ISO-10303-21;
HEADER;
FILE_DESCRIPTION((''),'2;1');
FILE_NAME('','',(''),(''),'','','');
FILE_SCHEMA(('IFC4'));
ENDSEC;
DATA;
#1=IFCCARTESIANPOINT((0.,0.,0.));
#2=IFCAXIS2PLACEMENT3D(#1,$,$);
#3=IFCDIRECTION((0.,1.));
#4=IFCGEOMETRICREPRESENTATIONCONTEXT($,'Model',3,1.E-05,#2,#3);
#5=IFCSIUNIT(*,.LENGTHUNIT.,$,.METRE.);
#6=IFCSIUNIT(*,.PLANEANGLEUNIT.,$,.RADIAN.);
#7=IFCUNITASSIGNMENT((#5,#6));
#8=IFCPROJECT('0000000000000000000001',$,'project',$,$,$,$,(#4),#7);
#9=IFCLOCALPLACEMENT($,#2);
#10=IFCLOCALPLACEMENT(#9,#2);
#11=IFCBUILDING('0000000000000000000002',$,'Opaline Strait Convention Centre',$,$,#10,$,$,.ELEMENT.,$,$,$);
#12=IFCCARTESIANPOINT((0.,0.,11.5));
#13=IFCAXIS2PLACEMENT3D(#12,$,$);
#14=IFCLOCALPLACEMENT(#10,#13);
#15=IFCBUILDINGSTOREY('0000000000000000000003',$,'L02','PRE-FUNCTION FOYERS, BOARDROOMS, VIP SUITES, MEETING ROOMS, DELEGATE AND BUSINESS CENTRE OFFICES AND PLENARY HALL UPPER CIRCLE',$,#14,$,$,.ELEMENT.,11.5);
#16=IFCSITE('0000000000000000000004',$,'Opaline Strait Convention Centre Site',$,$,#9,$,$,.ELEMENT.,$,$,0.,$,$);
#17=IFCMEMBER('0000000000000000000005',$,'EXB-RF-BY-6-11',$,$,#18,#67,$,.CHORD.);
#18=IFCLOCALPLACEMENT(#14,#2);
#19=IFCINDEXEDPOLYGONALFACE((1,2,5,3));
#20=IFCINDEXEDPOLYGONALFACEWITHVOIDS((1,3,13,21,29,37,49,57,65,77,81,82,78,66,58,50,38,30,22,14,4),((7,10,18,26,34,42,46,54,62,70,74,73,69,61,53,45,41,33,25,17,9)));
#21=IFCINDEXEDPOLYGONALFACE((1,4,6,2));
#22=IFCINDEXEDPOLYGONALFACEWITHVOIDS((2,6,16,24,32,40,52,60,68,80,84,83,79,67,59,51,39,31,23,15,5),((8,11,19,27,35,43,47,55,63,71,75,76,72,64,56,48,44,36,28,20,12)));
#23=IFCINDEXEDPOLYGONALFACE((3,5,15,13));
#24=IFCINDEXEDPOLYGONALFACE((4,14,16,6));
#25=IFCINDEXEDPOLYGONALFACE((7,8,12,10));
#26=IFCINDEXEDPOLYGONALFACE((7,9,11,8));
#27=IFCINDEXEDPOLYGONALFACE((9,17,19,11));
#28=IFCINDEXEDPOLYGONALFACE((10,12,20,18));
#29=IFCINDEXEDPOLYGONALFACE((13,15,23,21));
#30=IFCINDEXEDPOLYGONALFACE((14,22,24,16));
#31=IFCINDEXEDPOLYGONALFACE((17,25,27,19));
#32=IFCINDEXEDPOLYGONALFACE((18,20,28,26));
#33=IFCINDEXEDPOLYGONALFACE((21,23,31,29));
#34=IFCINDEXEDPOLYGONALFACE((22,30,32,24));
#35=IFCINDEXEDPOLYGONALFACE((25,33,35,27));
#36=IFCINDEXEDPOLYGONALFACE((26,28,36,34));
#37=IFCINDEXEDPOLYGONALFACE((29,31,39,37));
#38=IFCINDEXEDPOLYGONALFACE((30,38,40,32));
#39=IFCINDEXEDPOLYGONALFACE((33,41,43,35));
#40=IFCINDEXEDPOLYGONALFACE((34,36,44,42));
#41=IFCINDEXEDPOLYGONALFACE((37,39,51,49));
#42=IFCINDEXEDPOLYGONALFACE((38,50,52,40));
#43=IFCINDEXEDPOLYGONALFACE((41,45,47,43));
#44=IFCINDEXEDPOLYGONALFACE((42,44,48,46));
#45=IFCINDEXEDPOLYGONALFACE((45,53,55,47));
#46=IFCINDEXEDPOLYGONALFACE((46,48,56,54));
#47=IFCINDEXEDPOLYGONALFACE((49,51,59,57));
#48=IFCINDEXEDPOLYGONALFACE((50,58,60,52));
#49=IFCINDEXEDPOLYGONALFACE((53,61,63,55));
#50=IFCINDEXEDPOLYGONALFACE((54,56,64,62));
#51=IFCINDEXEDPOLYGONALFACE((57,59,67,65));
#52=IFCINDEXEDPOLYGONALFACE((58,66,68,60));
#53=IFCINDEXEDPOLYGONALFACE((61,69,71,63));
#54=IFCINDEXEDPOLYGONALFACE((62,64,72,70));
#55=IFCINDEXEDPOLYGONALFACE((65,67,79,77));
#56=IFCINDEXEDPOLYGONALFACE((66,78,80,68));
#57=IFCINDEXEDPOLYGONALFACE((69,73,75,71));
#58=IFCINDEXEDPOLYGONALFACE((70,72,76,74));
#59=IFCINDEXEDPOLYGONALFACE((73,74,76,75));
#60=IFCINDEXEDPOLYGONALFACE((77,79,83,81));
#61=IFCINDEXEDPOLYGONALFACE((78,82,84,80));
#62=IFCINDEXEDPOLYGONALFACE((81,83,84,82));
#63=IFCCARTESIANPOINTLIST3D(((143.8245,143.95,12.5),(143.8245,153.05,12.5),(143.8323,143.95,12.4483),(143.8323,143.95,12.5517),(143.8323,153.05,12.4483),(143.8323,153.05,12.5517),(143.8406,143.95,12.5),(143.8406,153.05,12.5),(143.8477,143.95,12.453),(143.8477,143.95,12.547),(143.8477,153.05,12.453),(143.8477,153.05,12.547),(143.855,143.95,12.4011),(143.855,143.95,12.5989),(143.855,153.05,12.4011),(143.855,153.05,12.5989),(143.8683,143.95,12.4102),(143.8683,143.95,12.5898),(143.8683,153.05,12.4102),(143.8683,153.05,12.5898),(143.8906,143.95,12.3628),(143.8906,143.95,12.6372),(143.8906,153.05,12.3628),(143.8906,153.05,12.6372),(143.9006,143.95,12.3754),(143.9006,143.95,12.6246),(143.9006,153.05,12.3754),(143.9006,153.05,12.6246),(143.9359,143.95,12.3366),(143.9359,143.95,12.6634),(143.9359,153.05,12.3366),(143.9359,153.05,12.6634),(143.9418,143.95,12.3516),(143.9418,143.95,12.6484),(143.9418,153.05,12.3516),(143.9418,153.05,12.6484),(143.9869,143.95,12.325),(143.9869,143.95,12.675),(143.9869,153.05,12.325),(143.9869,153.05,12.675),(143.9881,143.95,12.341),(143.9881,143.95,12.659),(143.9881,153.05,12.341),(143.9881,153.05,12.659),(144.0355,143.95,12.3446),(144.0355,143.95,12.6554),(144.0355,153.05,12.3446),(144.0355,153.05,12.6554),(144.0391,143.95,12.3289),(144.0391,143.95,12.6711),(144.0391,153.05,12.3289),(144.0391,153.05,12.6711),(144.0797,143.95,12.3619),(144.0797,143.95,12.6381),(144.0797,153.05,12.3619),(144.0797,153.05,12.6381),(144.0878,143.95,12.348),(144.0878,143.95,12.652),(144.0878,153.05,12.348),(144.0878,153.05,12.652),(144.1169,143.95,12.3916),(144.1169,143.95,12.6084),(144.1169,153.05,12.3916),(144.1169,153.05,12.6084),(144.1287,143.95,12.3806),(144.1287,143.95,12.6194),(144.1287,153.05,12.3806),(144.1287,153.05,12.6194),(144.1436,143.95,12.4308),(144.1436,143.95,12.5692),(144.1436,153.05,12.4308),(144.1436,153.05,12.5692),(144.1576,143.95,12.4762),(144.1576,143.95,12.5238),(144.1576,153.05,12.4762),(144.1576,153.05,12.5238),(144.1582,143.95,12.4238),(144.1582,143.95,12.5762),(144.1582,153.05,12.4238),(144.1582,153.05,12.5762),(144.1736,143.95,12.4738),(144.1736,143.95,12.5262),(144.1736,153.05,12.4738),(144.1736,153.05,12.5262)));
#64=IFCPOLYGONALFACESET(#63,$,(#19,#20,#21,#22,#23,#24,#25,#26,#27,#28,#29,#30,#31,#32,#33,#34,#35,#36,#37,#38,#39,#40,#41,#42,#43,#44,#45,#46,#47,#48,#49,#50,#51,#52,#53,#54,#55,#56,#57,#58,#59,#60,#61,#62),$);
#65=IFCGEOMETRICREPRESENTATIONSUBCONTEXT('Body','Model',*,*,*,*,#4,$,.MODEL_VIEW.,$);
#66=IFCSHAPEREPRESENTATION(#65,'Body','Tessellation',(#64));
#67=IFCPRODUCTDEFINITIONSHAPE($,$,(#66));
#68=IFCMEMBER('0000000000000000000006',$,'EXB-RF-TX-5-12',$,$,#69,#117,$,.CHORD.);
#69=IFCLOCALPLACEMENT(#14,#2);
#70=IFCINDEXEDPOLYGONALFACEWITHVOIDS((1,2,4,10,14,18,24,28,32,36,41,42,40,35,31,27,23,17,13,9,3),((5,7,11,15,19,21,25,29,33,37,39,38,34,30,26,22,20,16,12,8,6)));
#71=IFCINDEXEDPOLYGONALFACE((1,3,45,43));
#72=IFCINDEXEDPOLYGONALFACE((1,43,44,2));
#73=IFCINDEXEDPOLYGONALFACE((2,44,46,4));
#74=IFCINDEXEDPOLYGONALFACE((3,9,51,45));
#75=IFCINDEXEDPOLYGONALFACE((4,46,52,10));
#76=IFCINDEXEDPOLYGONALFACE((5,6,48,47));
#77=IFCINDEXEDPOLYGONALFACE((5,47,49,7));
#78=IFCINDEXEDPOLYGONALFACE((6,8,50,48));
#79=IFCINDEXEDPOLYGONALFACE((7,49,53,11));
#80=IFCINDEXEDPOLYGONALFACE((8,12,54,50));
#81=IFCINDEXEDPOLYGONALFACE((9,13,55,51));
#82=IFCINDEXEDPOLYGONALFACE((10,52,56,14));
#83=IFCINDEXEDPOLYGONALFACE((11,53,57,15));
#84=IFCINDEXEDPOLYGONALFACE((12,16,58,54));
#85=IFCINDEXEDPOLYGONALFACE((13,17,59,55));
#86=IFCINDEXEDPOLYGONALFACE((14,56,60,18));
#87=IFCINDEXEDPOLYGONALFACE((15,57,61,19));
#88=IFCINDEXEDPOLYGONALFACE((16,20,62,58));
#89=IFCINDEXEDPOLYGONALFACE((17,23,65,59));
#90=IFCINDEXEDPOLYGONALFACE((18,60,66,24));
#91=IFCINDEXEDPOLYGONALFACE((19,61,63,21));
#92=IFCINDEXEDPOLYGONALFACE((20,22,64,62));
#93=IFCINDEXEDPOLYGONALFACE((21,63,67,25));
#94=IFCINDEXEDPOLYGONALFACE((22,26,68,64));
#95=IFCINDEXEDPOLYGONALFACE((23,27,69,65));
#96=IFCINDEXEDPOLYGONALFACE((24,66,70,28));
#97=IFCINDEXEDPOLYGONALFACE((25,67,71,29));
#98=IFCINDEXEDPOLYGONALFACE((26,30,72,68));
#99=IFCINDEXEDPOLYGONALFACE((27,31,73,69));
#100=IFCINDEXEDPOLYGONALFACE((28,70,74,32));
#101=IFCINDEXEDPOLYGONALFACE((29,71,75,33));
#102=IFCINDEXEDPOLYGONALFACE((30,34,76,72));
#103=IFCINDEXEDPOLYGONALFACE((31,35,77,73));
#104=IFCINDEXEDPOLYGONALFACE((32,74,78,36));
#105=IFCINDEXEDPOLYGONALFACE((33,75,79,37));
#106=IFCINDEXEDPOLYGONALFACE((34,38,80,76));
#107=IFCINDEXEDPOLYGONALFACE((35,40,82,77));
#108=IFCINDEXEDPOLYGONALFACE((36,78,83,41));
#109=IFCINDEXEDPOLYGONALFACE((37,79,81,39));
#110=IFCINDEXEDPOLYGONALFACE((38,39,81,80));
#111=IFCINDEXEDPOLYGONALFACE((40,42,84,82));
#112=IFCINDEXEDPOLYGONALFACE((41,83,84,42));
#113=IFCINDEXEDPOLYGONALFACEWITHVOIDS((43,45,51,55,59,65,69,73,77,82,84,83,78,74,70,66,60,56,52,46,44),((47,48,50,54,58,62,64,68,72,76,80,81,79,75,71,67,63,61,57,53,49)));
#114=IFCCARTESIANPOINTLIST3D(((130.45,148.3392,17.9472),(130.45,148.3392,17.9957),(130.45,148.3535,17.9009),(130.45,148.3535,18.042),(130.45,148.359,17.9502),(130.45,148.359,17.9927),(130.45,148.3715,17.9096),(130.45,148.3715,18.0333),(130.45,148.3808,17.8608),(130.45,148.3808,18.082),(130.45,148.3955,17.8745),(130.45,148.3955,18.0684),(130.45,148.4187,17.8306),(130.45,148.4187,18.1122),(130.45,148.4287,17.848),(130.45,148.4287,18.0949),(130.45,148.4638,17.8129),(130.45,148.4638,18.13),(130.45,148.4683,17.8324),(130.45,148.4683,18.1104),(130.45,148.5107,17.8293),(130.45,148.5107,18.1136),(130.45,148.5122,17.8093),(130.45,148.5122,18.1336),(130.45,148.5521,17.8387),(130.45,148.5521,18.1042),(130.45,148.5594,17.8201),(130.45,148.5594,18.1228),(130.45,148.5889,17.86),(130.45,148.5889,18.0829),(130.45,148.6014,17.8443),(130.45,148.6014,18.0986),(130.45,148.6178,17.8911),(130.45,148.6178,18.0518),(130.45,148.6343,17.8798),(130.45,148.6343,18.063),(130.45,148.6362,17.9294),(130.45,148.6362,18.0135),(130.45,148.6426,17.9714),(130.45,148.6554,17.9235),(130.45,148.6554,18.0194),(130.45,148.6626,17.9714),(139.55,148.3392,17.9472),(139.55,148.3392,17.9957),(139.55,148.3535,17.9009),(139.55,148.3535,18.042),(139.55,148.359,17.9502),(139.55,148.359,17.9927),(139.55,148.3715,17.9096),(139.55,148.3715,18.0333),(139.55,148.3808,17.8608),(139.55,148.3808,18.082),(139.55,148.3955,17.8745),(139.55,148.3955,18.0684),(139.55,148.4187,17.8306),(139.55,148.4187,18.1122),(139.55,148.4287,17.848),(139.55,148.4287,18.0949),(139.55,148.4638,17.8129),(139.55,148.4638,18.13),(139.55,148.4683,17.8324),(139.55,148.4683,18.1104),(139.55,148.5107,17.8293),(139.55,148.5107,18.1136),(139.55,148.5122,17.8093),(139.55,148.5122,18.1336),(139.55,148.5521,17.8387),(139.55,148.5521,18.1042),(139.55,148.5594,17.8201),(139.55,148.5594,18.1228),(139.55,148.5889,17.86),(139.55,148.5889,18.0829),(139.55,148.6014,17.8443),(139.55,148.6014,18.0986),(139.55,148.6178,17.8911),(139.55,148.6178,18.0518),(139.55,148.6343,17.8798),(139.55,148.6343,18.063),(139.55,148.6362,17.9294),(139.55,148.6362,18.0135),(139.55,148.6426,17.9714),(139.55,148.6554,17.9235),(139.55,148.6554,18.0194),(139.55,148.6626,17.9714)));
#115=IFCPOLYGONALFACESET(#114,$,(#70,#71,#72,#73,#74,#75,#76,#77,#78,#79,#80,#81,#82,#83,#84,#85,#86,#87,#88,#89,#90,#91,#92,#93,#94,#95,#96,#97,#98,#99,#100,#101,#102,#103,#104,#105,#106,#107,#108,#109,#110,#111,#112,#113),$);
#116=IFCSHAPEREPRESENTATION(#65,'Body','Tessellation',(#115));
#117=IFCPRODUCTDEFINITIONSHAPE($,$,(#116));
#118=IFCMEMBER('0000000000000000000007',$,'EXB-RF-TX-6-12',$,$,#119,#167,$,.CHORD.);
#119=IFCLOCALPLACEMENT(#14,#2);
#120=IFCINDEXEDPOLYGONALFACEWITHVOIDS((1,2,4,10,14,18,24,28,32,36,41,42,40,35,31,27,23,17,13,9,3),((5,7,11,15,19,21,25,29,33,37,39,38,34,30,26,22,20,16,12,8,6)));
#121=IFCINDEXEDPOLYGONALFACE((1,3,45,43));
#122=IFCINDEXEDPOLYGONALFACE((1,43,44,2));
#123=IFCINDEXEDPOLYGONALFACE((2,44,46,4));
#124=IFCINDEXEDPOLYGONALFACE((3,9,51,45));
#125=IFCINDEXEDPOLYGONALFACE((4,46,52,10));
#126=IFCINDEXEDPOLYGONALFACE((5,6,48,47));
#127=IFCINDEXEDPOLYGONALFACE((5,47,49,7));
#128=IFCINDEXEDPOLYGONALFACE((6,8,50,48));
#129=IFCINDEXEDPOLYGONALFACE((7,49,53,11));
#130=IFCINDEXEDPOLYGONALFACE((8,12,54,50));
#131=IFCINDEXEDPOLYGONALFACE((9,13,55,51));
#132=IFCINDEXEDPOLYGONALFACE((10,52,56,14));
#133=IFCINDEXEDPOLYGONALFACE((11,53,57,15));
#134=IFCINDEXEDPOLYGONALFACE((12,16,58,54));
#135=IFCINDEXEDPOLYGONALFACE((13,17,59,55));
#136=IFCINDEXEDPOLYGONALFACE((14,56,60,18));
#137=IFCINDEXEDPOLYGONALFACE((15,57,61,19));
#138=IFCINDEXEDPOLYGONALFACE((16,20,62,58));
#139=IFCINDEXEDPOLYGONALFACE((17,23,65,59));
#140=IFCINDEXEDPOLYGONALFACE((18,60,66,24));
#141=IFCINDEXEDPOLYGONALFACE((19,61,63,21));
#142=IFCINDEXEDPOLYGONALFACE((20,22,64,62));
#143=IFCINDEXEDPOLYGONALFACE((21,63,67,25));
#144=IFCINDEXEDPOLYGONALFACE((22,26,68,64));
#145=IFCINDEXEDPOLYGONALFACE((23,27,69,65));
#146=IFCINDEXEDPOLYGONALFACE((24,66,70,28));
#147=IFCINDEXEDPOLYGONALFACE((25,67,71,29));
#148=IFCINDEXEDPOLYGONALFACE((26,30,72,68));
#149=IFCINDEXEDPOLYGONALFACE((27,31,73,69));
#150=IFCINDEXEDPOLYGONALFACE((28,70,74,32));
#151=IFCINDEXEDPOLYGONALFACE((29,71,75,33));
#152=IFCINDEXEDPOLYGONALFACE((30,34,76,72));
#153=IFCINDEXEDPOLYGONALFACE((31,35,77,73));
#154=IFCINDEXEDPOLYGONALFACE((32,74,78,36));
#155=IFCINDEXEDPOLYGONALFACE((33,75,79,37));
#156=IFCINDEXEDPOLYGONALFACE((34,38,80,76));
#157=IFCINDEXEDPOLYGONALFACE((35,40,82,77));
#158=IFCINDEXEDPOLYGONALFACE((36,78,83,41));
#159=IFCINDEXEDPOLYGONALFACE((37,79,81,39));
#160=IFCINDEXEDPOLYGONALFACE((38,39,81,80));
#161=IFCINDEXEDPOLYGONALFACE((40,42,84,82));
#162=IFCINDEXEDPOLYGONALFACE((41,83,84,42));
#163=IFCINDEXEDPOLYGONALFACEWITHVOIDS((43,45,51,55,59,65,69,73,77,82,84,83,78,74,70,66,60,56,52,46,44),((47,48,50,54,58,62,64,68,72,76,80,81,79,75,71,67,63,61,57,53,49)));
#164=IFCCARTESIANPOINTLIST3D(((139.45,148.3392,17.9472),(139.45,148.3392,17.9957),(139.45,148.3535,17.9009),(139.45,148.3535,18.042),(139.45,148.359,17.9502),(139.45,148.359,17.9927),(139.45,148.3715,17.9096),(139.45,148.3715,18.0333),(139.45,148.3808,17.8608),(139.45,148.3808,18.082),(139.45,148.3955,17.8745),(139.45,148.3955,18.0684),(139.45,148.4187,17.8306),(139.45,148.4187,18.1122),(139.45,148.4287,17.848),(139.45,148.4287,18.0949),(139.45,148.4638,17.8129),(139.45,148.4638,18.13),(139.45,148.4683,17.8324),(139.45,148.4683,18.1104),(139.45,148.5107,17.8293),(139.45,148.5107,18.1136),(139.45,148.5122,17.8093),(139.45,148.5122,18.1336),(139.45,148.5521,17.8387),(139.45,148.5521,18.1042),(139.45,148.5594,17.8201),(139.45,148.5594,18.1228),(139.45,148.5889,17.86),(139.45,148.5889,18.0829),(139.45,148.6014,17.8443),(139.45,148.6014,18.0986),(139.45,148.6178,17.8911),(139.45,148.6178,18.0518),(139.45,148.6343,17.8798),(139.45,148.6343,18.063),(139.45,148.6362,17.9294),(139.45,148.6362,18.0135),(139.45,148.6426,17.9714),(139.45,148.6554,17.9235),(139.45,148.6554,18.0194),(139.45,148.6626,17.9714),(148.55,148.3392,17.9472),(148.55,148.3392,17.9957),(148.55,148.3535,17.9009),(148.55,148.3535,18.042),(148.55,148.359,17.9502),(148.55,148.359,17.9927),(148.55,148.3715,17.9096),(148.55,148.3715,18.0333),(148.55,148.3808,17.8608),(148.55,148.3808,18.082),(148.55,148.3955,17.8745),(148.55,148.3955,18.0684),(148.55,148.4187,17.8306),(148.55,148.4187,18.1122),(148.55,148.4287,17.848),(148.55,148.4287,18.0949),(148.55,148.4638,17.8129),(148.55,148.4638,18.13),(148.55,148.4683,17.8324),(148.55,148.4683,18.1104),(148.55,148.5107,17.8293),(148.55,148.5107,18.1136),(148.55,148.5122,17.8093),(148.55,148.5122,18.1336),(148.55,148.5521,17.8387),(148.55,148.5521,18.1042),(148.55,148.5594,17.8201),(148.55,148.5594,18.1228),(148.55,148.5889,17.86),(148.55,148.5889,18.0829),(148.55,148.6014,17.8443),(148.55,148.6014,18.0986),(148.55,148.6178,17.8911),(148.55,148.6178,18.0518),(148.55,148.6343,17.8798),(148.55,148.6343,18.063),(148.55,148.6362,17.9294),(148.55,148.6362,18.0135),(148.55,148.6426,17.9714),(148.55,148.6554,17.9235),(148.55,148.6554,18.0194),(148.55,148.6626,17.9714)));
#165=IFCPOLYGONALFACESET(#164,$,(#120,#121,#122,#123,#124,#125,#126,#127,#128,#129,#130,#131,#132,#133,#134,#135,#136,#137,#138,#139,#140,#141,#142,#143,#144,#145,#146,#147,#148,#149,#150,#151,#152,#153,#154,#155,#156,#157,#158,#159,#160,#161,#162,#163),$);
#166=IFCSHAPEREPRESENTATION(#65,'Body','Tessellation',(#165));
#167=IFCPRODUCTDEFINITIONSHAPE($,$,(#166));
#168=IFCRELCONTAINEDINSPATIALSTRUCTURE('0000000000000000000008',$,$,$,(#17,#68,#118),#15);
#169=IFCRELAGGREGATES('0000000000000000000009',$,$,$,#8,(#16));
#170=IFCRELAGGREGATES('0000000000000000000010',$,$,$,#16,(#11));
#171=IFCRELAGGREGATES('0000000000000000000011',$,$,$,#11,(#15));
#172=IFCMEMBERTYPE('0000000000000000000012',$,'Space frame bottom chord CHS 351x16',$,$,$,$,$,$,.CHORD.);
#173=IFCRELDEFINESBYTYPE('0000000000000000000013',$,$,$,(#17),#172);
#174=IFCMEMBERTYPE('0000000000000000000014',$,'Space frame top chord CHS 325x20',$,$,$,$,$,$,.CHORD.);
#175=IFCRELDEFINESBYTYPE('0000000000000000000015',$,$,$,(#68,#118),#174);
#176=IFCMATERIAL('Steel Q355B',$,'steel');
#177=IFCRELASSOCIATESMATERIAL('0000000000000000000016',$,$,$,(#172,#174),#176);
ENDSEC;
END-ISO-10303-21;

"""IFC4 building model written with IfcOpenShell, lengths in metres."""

from ifc_helpers import new_model, si_unit, direction, frame, origin, origin_2d, place, context, subcontext, project, spatial, hollow_circle, extrude, material, material_profile, profile_set, type_object, element, save


model = new_model("IFC4")

# Units and contexts
model_context = context("Model", 3, precision=1e-05, world=origin(), true_north=direction((0.0, 1.0)))
body_context = subcontext(model_context, "Body", "Model", "MODEL_VIEW")
ifc_project = project(units=[si_unit("LENGTHUNIT", "METRE"), si_unit("PLANEANGLEUNIT", "RADIAN")], contexts=[model_context])

# Site, building, storey
site_placement = place(None, origin())
site = spatial("IfcSite", under=ifc_project, at=site_placement, Name="Opaline Strait Convention Centre Site", CompositionType="ELEMENT", RefElevation=0.0)
building_placement = place(site_placement, origin())
building = spatial("IfcBuilding", under=site, at=building_placement, Name="Opaline Strait Convention Centre", CompositionType="ELEMENT")
storey_placement = place(building_placement, frame((0.0, 0.0, 11.5)))
storey = spatial("IfcBuildingStorey", under=building, at=storey_placement, Name="L02", Description="PRE-FUNCTION FOYERS, BOARDROOMS, VIP SUITES, MEETING ROOMS, DELEGATE AND BUSINESS CENTRE OFFICES AND PLENARY HALL UPPER CIRCLE", CompositionType="ELEMENT", Elevation=11.5)

# Members
ifc_material_1 = material(Name="Steel Q355B", Category="steel")
ifc_material_profile_1 = material_profile(ifc_material_1, hollow_circle(Radius=0.1755, WallThickness=0.0161, at=origin_2d()), Name="CHS 351x16")
ifc_profile_set_1 = profile_set([ifc_material_profile_1], Name="Steel Q355B")
member_type_1 = type_object("IfcMemberType", Name="Space frame bottom chord CHS 351x16", PredefinedType="CHORD", material=ifc_profile_set_1)
for number, where, z_axis, x_axis, name in (
    (1, (144.0, 143.95, 12.5), (0.0, 1.0, 0.0), (-1.0, 0.0, 0.0), "EXB-RF-BY-6-11"),
):
    element("IfcMember", number, at=place(storey_placement, frame(where, z_axis=z_axis, x_axis=x_axis)), inside=storey, type_object=member_type_1, Name=name, PredefinedType="CHORD", context=body_context, shape_type="SweptSolid", body=[
        extrude(hollow_circle(Radius=0.1755, WallThickness=0.0161, at=origin_2d()), origin(), (0.0, 0.0, 1.0), 9.1001),
    ])
ifc_material_profile_2 = material_profile(ifc_material_1, hollow_circle(Radius=0.1626, WallThickness=0.02, at=origin_2d()), Name="CHS 325x20")
ifc_profile_set_2 = profile_set([ifc_material_profile_2], Name="Steel Q355B")
member_type_2 = type_object("IfcMemberType", Name="Space frame top chord CHS 325x20", PredefinedType="CHORD", material=ifc_profile_set_2)
for number, where, z_axis, x_axis, name in (
    (2, (130.45, 148.5, 17.9714), (1.0, 0.0, 0.0), (0.0, 1.0, 0.0), "EXB-RF-TX-5-12"),
    (3, (139.45, 148.5, 17.9714), (1.0, 0.0, 0.0), (0.0, 1.0, 0.0), "EXB-RF-TX-6-12"),
):
    element("IfcMember", number, at=place(storey_placement, frame(where, z_axis=z_axis, x_axis=x_axis)), inside=storey, type_object=member_type_2, Name=name, PredefinedType="CHORD", context=body_context, shape_type="SweptSolid", body=[
        extrude(hollow_circle(Radius=0.1626, WallThickness=0.02, at=origin_2d()), origin(), (0.0, 0.0, 1.0), 9.1001),
    ])

save(model, "model.ifc")
